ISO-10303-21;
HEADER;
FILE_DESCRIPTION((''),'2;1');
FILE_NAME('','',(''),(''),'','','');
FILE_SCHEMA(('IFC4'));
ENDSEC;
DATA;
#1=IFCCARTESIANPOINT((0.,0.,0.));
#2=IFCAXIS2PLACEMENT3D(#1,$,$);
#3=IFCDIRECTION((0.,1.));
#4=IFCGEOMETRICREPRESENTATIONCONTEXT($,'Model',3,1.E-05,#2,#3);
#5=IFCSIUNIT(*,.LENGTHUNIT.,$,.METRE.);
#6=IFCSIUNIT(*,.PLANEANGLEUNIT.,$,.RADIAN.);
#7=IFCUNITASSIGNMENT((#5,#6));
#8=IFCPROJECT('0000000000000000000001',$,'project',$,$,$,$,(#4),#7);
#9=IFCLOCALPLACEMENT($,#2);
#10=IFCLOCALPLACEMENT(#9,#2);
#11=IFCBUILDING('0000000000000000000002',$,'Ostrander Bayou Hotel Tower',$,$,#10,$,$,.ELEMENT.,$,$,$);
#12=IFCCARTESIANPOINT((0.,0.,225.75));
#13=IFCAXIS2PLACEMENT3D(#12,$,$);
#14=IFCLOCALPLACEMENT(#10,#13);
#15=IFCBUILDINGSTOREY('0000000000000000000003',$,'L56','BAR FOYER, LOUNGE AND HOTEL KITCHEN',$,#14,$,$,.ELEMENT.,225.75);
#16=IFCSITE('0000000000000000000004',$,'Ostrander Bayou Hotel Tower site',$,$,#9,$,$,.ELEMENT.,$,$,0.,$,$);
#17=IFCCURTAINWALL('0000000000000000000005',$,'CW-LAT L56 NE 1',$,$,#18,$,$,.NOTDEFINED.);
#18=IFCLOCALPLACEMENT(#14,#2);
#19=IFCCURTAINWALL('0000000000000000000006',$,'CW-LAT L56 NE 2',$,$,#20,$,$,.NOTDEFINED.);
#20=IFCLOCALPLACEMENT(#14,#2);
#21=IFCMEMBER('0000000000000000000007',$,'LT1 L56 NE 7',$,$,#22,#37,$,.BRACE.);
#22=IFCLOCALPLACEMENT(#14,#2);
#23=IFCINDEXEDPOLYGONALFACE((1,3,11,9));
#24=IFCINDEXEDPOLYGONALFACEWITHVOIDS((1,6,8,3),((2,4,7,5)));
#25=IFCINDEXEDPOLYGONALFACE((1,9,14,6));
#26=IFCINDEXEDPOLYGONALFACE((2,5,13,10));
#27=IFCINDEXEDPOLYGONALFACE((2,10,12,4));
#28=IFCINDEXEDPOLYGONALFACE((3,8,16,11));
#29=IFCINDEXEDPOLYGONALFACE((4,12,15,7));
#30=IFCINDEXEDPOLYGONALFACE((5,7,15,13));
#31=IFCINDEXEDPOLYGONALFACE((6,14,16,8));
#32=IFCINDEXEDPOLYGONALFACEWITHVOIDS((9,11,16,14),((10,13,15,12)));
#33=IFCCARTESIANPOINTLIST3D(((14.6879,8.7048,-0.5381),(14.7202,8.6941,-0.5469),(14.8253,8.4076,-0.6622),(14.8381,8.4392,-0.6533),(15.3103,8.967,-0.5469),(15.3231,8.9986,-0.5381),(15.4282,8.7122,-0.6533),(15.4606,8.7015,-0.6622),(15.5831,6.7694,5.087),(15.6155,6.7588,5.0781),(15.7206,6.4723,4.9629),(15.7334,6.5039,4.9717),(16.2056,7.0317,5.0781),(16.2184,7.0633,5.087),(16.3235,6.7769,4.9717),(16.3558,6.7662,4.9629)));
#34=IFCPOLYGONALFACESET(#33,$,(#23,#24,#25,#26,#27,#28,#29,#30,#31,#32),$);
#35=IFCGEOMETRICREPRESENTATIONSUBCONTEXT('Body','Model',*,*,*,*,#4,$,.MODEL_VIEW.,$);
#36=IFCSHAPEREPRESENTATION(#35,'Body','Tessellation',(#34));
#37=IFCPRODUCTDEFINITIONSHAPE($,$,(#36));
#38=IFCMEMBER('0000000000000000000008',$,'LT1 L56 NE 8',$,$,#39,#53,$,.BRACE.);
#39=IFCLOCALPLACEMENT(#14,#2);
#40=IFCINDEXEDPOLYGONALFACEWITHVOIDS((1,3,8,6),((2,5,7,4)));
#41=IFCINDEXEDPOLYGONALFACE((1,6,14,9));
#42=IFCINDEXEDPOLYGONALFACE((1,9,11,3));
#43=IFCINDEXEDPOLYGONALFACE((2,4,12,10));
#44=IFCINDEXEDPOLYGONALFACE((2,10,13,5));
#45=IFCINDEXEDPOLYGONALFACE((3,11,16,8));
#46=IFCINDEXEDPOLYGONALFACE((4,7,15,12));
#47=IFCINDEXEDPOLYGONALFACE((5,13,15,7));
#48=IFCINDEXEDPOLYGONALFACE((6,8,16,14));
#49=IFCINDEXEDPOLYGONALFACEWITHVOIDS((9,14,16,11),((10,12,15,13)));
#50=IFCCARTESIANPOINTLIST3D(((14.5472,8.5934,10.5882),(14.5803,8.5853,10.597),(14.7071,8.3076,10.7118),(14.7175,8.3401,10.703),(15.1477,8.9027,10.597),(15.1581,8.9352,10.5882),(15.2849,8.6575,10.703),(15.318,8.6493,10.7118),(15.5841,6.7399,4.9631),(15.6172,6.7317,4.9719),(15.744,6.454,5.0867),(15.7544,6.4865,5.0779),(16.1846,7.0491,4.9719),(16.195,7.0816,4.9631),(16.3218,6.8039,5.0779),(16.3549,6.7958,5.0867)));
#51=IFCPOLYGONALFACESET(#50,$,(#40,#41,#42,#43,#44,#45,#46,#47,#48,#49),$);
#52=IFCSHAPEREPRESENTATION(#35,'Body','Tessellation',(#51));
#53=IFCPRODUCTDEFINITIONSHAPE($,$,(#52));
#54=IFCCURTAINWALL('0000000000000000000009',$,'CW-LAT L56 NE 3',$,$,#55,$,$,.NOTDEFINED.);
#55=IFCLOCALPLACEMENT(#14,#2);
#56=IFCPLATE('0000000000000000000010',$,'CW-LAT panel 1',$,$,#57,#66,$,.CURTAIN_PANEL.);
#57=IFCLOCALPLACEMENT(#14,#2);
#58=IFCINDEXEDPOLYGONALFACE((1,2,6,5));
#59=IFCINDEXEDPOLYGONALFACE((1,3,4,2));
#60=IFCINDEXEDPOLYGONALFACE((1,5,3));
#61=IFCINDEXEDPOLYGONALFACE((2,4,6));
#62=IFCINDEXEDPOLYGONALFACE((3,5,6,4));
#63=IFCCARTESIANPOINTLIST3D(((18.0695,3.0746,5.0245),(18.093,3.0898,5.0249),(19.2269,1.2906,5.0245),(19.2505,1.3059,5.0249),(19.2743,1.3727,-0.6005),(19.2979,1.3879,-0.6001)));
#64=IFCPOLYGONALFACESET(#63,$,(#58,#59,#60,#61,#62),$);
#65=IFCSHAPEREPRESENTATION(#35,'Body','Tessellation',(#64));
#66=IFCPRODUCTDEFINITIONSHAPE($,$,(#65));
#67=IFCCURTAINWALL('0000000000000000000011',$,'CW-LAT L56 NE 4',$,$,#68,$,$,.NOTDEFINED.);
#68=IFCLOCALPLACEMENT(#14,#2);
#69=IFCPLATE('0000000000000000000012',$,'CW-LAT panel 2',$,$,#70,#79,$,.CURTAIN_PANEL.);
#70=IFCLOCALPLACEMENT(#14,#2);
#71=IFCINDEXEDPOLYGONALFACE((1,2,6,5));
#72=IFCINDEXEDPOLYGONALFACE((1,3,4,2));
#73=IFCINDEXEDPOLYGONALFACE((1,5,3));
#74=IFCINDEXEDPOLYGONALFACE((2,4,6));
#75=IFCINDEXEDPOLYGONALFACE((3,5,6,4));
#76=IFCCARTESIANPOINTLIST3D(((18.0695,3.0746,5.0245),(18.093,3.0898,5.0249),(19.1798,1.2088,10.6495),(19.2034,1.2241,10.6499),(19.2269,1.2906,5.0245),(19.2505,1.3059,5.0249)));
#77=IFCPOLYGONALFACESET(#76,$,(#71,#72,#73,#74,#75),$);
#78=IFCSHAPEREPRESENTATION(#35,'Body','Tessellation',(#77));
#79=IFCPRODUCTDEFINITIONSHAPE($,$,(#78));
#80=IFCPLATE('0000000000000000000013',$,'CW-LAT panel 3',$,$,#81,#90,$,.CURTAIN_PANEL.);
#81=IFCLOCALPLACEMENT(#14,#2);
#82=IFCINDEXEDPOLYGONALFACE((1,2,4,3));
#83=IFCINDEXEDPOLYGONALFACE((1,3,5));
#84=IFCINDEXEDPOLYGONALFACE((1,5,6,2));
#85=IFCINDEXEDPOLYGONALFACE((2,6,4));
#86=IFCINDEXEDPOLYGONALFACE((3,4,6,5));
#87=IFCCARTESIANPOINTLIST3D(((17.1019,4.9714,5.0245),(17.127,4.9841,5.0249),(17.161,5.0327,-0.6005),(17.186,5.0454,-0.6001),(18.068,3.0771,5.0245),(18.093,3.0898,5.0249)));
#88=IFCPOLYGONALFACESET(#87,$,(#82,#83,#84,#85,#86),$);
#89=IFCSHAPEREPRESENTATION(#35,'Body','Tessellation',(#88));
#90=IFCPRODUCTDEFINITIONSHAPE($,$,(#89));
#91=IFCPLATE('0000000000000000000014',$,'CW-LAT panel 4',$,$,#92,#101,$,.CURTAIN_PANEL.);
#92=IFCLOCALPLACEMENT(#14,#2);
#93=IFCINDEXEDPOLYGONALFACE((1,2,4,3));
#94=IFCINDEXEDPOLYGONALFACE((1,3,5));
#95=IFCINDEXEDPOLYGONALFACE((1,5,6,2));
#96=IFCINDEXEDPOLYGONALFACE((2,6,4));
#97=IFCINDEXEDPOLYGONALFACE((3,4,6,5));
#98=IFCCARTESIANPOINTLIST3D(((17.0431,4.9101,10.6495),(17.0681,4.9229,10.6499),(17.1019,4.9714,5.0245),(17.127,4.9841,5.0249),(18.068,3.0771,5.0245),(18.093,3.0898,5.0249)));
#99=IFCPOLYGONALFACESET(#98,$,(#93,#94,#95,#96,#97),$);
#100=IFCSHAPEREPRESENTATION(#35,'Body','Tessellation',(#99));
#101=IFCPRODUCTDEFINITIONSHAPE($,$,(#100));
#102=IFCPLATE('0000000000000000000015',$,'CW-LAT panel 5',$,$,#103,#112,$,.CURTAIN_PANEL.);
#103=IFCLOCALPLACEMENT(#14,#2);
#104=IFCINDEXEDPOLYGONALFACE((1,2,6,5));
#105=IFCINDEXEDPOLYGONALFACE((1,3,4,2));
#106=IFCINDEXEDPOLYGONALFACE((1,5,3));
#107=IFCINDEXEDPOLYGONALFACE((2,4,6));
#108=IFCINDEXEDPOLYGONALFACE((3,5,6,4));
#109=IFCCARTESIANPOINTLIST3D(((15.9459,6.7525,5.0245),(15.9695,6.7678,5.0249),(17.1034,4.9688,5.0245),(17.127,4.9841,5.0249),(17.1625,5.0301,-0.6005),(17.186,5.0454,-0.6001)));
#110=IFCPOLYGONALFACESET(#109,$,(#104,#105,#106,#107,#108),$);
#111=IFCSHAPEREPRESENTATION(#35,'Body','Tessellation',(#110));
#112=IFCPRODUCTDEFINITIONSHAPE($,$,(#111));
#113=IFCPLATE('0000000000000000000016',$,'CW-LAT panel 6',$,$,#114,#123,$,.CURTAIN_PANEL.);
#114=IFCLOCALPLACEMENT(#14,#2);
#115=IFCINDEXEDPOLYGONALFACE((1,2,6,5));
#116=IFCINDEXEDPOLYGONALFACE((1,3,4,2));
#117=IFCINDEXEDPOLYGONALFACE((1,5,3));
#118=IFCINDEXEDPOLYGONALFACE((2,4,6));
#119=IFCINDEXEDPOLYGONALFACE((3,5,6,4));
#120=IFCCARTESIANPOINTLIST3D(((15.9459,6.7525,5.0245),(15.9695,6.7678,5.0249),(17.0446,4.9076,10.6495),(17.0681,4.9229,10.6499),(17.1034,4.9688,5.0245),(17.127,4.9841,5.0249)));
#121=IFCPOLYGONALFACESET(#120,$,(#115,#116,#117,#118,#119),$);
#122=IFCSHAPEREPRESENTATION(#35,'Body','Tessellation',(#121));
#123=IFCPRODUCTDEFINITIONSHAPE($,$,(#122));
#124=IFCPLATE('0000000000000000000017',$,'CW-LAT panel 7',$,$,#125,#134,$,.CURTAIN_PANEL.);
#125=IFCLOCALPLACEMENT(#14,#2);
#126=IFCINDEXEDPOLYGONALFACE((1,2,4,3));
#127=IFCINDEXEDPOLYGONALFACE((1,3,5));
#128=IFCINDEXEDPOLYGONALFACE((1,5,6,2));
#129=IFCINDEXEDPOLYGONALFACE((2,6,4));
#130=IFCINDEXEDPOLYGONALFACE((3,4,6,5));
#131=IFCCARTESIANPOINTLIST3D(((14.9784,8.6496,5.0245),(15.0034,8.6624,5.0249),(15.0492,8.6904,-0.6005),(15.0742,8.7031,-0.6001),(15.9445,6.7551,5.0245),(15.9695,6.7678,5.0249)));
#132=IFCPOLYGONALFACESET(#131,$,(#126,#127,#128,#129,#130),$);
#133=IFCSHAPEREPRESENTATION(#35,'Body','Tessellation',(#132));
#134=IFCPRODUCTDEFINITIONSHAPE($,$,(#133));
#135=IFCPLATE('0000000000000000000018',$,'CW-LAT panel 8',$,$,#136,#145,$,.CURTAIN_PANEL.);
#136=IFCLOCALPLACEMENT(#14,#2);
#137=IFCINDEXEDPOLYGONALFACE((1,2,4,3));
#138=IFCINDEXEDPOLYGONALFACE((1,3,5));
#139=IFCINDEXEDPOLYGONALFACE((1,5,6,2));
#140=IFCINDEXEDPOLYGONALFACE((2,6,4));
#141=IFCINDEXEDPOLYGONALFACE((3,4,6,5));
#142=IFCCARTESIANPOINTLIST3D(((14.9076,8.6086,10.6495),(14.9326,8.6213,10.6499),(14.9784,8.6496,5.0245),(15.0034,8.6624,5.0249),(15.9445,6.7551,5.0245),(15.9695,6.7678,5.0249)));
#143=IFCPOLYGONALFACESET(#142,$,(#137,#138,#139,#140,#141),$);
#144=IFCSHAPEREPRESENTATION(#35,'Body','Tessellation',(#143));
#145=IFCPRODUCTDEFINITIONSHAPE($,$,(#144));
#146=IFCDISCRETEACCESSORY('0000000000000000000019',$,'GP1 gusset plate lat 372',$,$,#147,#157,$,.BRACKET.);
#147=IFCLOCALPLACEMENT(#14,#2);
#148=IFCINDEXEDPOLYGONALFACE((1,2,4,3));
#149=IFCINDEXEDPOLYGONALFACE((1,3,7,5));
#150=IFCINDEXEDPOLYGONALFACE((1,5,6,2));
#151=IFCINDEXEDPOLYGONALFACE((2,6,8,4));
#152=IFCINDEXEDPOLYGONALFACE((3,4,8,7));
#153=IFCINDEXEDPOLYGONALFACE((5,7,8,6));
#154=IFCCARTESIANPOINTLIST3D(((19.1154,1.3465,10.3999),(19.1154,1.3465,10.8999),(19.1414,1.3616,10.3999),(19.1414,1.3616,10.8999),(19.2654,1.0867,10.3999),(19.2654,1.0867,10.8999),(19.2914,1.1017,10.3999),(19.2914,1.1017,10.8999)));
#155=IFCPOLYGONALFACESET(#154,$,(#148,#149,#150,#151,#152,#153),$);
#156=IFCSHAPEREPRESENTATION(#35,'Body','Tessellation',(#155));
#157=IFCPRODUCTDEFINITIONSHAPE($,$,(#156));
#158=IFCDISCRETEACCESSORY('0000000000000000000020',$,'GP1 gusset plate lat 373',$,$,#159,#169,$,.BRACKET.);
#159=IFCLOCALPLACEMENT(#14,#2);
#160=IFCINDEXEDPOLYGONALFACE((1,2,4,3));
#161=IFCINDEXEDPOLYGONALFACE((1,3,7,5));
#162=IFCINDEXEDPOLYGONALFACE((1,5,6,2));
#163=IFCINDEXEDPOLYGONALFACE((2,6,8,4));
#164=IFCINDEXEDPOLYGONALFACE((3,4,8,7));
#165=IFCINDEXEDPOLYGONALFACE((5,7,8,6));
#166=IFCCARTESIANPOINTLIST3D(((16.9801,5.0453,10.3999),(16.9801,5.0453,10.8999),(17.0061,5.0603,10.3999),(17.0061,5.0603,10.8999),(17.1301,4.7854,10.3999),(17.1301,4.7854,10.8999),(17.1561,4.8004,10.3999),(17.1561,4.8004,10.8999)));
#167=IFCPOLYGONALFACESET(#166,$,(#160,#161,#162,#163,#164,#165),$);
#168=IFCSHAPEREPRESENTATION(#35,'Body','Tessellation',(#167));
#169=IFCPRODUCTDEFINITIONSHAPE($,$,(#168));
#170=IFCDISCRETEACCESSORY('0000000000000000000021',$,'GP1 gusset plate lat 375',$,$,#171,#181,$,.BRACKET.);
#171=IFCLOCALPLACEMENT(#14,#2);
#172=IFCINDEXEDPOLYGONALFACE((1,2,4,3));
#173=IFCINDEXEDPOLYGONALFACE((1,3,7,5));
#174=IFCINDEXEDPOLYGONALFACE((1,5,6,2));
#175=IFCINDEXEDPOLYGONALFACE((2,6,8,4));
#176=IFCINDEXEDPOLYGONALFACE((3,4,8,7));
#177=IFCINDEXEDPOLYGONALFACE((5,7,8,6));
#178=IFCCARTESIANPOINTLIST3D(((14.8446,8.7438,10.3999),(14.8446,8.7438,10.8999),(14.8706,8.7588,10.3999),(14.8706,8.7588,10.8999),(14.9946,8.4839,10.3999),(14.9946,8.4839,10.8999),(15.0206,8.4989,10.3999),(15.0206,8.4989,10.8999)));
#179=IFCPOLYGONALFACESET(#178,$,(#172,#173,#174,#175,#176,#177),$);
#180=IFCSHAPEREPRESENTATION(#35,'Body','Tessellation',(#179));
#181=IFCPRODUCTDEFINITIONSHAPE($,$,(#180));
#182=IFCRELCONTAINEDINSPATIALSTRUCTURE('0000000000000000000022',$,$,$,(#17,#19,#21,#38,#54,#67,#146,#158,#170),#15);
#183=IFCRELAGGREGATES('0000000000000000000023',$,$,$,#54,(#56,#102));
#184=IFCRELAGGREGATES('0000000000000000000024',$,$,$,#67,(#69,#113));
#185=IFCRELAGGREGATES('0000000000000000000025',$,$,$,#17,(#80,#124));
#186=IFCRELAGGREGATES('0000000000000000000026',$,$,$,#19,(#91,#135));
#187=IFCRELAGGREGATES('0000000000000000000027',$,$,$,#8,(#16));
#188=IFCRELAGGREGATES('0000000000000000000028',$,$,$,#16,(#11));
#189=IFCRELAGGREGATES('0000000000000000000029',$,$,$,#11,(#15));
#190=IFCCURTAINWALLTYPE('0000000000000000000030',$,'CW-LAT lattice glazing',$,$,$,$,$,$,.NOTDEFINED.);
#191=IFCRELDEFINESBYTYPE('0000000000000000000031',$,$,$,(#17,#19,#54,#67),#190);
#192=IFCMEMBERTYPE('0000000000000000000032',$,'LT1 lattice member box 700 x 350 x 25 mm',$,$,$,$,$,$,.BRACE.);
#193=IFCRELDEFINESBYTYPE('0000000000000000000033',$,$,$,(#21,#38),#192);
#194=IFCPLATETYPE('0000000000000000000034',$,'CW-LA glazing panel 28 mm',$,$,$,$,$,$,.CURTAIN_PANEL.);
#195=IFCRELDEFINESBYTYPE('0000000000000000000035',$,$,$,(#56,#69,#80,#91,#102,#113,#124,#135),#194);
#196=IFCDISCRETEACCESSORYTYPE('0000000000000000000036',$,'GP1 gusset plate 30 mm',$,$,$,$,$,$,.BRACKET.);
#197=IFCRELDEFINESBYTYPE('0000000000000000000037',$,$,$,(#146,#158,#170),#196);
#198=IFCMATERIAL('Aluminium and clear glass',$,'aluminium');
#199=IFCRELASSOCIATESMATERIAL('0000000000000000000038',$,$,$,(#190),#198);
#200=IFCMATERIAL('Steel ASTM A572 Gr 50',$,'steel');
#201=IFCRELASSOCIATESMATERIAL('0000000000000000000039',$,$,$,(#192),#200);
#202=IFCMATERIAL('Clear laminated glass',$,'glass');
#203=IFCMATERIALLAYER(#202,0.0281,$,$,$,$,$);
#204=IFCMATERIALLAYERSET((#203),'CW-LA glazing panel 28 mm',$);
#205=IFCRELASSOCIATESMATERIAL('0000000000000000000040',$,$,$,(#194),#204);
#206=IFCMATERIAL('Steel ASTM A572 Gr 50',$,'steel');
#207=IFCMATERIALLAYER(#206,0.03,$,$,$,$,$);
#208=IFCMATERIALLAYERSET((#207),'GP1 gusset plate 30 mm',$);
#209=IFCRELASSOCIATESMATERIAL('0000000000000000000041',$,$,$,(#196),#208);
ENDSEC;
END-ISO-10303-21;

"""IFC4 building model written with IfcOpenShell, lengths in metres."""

from ifc_helpers import new_model, si_unit, direction, frame, origin, origin_2d, place, context, subcontext, project, spatial, polyline, rectangle, hollow_rectangle, outline, extrude, material, layer, layer_set, material_profile, profile_set, type_object, element, aggregate, save


model = new_model("IFC4")

# Units and contexts
model_context = context("Model", 3, precision=1e-05, world=origin(), true_north=direction((0.0, 1.0)))
body_context = subcontext(model_context, "Body", "Model", "MODEL_VIEW")
ifc_project = project(units=[si_unit("LENGTHUNIT", "METRE"), si_unit("PLANEANGLEUNIT", "RADIAN")], contexts=[model_context])

# Site, building, storey
site_placement = place(None, origin())
site = spatial("IfcSite", under=ifc_project, at=site_placement, Name="Ostrander Bayou Hotel Tower site", CompositionType="ELEMENT", RefElevation=0.0)
building_placement = place(site_placement, origin())
building = spatial("IfcBuilding", under=site, at=building_placement, Name="Ostrander Bayou Hotel Tower", CompositionType="ELEMENT")
storey_placement = place(building_placement, frame((0.0, 0.0, 225.75)))
storey = spatial("IfcBuildingStorey", under=building, at=storey_placement, Name="L56", Description="BAR FOYER, LOUNGE AND HOTEL KITCHEN", CompositionType="ELEMENT", Elevation=225.75)

# Curtain walls
ifc_material_1 = material(Name="Aluminium and clear glass", Category="aluminium")
curtain_wall_type = type_object("IfcCurtainWallType", Name="CW-LAT lattice glazing", PredefinedType="NOTDEFINED", material=ifc_material_1)
curtain_wall_1_placement = place(storey_placement, origin())
curtain_wall_1 = element("IfcCurtainWall", 1, at=curtain_wall_1_placement, inside=storey, type_object=curtain_wall_type, Name="CW-LAT L56 NE 1", PredefinedType="NOTDEFINED")
curtain_wall_2_placement = place(storey_placement, origin())
curtain_wall_2 = element("IfcCurtainWall", 2, at=curtain_wall_2_placement, inside=storey, type_object=curtain_wall_type, Name="CW-LAT L56 NE 2", PredefinedType="NOTDEFINED")

# Members
ifc_material_2 = material(Name="Steel ASTM A572 Gr 50", Category="steel")
ifc_material_profile_1 = material_profile(ifc_material_2, hollow_rectangle(XDim=0.7, YDim=0.3501, WallThickness=0.0249, at=origin_2d()))
ifc_profile_set_1 = profile_set([ifc_material_profile_1], Name="Steel ASTM A572 Gr 50")
member_type_1 = type_object("IfcMemberType", Name="LT1 lattice member box 700 x 350 x 25 mm", PredefinedType="BRACE", material=ifc_profile_set_1)
member_1_placement = place(storey_placement, frame((15.9695, 6.7678, 5.0249), z_axis=(-0.148824, 0.321714, -0.935068), x_axis=(-0.907594, -0.419849, 0.0)))
element("IfcMember", 3, at=member_1_placement, inside=storey, type_object=member_type_1, Name="LT1 L56 NE 7", PredefinedType="BRACE", context=body_context, shape_type="SweptSolid", body=[
    extrude(hollow_rectangle(XDim=0.7, YDim=0.3501, WallThickness=0.0249, at=origin_2d()), origin(), (0.0, 0.0, 1.0), 6.0156),
])
member_2_placement = place(storey_placement, frame((15.9695, 6.7678, 5.0249), z_axis=(-0.172449, 0.308272, 0.935537), x_axis=(-0.872727, -0.488208, 0.0)))
element("IfcMember", 4, at=member_2_placement, inside=storey, type_object=member_type_1, Name="LT1 L56 NE 8", PredefinedType="BRACE", context=body_context, shape_type="SweptSolid", body=[
    extrude(hollow_rectangle(XDim=0.7, YDim=0.3501, WallThickness=0.0249, at=origin_2d()), origin(), (0.0, 0.0, 1.0), 6.0127),
])

# Curtain walls, plates
curtain_wall_3_placement = place(storey_placement, origin())
curtain_wall_3 = element("IfcCurtainWall", 5, at=curtain_wall_3_placement, inside=storey, type_object=curtain_wall_type, Name="CW-LAT L56 NE 3", PredefinedType="NOTDEFINED")
ifc_material_3 = material(Name="Clear laminated glass", Category="glass")
ifc_layer_1 = layer(ifc_material_3, 0.0281)
ifc_layer_set_1 = layer_set([ifc_layer_1], Name="CW-LA glazing panel 28 mm")
plate_type = type_object("IfcPlateType", Name="CW-LA glazing panel 28 mm", PredefinedType="CURTAIN_PANEL", material=ifc_layer_set_1)
plate_1_placement = place(storey_placement, frame((18.093, 3.0898, 5.0249), z_axis=(0.838797, 0.544237, 0.015), x_axis=(0.200837, -0.283695, -0.937647)))
plate_1 = element("IfcPlate", 6, at=plate_1_placement, type_object=plate_type, Name="CW-LAT panel 1", PredefinedType="CURTAIN_PANEL", context=body_context, shape_type="SweptSolid", body=[
    extrude(outline(polyline([(0.0, 0.0), (5.9991, 0.0), (0.7386, -1.9942), (0.0, 0.0)])), origin(), (0.0, 0.0, -1.0), 0.0281),
])
curtain_wall_4_placement = place(storey_placement, origin())
curtain_wall_4 = element("IfcCurtainWall", 7, at=curtain_wall_4_placement, inside=storey, type_object=curtain_wall_type, Name="CW-LAT L56 NE 4", PredefinedType="NOTDEFINED")
plate_2_placement = place(storey_placement, frame((18.093, 3.0898, 5.0249), z_axis=(0.838798, 0.544237, 0.01494), x_axis=(0.184154, -0.309434, 0.932919)))
plate_2 = element("IfcPlate", 8, at=plate_2_placement, type_object=plate_type, Name="CW-LAT panel 2", PredefinedType="CURTAIN_PANEL", context=body_context, shape_type="SweptSolid", body=[
    extrude(outline(polyline([(0.0, 0.0), (6.0295, 0.0), (0.7652, 1.9841), (0.0, 0.0)])), origin(), (0.0, 0.0, -1.0), 0.0281),
])

# Plates
plate_3_placement = place(storey_placement, frame((18.093, 3.0898, 5.0249), z_axis=(0.890748, 0.454271, 0.014305), x_axis=(-0.150564, 0.324634, -0.933779)))
plate_3 = element("IfcPlate", 9, at=plate_3_placement, type_object=plate_type, Name="CW-LAT panel 3", PredefinedType="CURTAIN_PANEL", context=body_context, shape_type="SweptSolid", body=[
    extrude(outline(polyline([(0.0, 0.0), (6.0239, 0.0), (0.7604, 1.9858), (0.0, 0.0)])), origin(), (0.0, 0.0, -1.0), 0.0281),
])
plate_4_placement = place(storey_placement, frame((18.093, 3.0898, 5.0249), z_axis=(0.890749, 0.454272, 0.014266), x_axis=(-0.170696, 0.305285, 0.936837)))
plate_4 = element("IfcPlate", 10, at=plate_4_placement, type_object=plate_type, Name="CW-LAT panel 4", PredefinedType="CURTAIN_PANEL", context=body_context, shape_type="SweptSolid", body=[
    extrude(outline(polyline([(0.0, 0.0), (6.0042, 0.0), (0.7432, -1.9923), (0.0, 0.0)])), origin(), (0.0, 0.0, -1.0), 0.0281),
])
plate_5_placement = place(storey_placement, frame((15.9695, 6.7678, 5.0249), z_axis=(0.838767, 0.544291, 0.01474), x_axis=(0.202513, -0.286721, -0.936365)))
plate_5 = element("IfcPlate", 11, at=plate_5_placement, type_object=plate_type, Name="CW-LAT panel 5", PredefinedType="CURTAIN_PANEL", context=body_context, shape_type="SweptSolid", body=[
    extrude(outline(polyline([(0.0, 0.0), (6.0073, 0.0), (0.7458, -1.9912), (0.0, 0.0)])), origin(), (0.0, 0.0, -1.0), 0.0281),
])
aggregate(curtain_wall_3, [plate_1, plate_5])
plate_6_placement = place(storey_placement, frame((15.9695, 6.7678, 5.0249), z_axis=(0.838767, 0.544292, 0.014703), x_axis=(0.182469, -0.306426, 0.934242)))
plate_6 = element("IfcPlate", 12, at=plate_6_placement, type_object=plate_type, Name="CW-LAT panel 6", PredefinedType="CURTAIN_PANEL", context=body_context, shape_type="SweptSolid", body=[
    extrude(outline(polyline([(0.0, 0.0), (6.0209, 0.0), (0.7578, 1.9867), (0.0, 0.0)])), origin(), (0.0, 0.0, -1.0), 0.0281),
])
aggregate(curtain_wall_4, [plate_2, plate_6])
plate_7_placement = place(storey_placement, frame((15.9695, 6.7678, 5.0249), z_axis=(0.89077, 0.454224, 0.014504), x_axis=(-0.148824, 0.321714, -0.935068)))
plate_7 = element("IfcPlate", 13, at=plate_7_placement, type_object=plate_type, Name="CW-LAT panel 7", PredefinedType="CURTAIN_PANEL", context=body_context, shape_type="SweptSolid", body=[
    extrude(outline(polyline([(0.0, 0.0), (6.0156, 0.0), (0.7533, 1.9887), (0.0, 0.0)])), origin(), (0.0, 0.0, -1.0), 0.0281),
])
aggregate(curtain_wall_1, [plate_3, plate_7])
plate_8_placement = place(storey_placement, frame((15.9695, 6.7678, 5.0249), z_axis=(0.890769, 0.454224, 0.014524), x_axis=(-0.172449, 0.308272, 0.935537)))
plate_8 = element("IfcPlate", 14, at=plate_8_placement, type_object=plate_type, Name="CW-LAT panel 8", PredefinedType="CURTAIN_PANEL", context=body_context, shape_type="SweptSolid", body=[
    extrude(outline(polyline([(0.0, 0.0), (6.0126, 0.0), (0.7506, -1.9897), (0.0, 0.0)])), origin(), (0.0, 0.0, -1.0), 0.0281),
])
aggregate(curtain_wall_2, [plate_4, plate_8])

# Discrete accessories
ifc_material_4 = material(Name="Steel ASTM A572 Gr 50", Category="steel")
ifc_layer_2 = layer(ifc_material_4, 0.03)
ifc_layer_set_2 = layer_set([ifc_layer_2], Name="GP1 gusset plate 30 mm")
discrete_accessory_type = type_object("IfcDiscreteAccessoryType", Name="GP1 gusset plate 30 mm", PredefinedType="BRACKET", material=ifc_layer_set_2)
for number, where, z_axis, x_axis, name in (
    (15, (19.2034, 1.2241, 10.3999), (0.0, 0.0, 1.0), (-0.5, 0.866025, 0.0), "GP1 gusset plate lat 372"),
    (16, (17.0681, 4.9229, 10.3999), (0.0, 0.0, 1.0), (-0.5, 0.866025, 0.0), "GP1 gusset plate lat 373"),
    (17, (14.9326, 8.6213, 10.3999), (0.0, 0.0, 1.0), (-0.5, 0.866025, 0.0), "GP1 gusset plate lat 375"),
):
    element("IfcDiscreteAccessory", number, at=place(storey_placement, frame(where, z_axis=z_axis, x_axis=x_axis)), inside=storey, type_object=discrete_accessory_type, Name=name, PredefinedType="BRACKET", context=body_context, shape_type="SweptSolid", body=[
        extrude(rectangle(XDim=0.3, YDim=0.03, at=origin_2d()), origin(), (0.0, 0.0, 1.0), 0.5),
    ])

save(model, "model.ifc")
